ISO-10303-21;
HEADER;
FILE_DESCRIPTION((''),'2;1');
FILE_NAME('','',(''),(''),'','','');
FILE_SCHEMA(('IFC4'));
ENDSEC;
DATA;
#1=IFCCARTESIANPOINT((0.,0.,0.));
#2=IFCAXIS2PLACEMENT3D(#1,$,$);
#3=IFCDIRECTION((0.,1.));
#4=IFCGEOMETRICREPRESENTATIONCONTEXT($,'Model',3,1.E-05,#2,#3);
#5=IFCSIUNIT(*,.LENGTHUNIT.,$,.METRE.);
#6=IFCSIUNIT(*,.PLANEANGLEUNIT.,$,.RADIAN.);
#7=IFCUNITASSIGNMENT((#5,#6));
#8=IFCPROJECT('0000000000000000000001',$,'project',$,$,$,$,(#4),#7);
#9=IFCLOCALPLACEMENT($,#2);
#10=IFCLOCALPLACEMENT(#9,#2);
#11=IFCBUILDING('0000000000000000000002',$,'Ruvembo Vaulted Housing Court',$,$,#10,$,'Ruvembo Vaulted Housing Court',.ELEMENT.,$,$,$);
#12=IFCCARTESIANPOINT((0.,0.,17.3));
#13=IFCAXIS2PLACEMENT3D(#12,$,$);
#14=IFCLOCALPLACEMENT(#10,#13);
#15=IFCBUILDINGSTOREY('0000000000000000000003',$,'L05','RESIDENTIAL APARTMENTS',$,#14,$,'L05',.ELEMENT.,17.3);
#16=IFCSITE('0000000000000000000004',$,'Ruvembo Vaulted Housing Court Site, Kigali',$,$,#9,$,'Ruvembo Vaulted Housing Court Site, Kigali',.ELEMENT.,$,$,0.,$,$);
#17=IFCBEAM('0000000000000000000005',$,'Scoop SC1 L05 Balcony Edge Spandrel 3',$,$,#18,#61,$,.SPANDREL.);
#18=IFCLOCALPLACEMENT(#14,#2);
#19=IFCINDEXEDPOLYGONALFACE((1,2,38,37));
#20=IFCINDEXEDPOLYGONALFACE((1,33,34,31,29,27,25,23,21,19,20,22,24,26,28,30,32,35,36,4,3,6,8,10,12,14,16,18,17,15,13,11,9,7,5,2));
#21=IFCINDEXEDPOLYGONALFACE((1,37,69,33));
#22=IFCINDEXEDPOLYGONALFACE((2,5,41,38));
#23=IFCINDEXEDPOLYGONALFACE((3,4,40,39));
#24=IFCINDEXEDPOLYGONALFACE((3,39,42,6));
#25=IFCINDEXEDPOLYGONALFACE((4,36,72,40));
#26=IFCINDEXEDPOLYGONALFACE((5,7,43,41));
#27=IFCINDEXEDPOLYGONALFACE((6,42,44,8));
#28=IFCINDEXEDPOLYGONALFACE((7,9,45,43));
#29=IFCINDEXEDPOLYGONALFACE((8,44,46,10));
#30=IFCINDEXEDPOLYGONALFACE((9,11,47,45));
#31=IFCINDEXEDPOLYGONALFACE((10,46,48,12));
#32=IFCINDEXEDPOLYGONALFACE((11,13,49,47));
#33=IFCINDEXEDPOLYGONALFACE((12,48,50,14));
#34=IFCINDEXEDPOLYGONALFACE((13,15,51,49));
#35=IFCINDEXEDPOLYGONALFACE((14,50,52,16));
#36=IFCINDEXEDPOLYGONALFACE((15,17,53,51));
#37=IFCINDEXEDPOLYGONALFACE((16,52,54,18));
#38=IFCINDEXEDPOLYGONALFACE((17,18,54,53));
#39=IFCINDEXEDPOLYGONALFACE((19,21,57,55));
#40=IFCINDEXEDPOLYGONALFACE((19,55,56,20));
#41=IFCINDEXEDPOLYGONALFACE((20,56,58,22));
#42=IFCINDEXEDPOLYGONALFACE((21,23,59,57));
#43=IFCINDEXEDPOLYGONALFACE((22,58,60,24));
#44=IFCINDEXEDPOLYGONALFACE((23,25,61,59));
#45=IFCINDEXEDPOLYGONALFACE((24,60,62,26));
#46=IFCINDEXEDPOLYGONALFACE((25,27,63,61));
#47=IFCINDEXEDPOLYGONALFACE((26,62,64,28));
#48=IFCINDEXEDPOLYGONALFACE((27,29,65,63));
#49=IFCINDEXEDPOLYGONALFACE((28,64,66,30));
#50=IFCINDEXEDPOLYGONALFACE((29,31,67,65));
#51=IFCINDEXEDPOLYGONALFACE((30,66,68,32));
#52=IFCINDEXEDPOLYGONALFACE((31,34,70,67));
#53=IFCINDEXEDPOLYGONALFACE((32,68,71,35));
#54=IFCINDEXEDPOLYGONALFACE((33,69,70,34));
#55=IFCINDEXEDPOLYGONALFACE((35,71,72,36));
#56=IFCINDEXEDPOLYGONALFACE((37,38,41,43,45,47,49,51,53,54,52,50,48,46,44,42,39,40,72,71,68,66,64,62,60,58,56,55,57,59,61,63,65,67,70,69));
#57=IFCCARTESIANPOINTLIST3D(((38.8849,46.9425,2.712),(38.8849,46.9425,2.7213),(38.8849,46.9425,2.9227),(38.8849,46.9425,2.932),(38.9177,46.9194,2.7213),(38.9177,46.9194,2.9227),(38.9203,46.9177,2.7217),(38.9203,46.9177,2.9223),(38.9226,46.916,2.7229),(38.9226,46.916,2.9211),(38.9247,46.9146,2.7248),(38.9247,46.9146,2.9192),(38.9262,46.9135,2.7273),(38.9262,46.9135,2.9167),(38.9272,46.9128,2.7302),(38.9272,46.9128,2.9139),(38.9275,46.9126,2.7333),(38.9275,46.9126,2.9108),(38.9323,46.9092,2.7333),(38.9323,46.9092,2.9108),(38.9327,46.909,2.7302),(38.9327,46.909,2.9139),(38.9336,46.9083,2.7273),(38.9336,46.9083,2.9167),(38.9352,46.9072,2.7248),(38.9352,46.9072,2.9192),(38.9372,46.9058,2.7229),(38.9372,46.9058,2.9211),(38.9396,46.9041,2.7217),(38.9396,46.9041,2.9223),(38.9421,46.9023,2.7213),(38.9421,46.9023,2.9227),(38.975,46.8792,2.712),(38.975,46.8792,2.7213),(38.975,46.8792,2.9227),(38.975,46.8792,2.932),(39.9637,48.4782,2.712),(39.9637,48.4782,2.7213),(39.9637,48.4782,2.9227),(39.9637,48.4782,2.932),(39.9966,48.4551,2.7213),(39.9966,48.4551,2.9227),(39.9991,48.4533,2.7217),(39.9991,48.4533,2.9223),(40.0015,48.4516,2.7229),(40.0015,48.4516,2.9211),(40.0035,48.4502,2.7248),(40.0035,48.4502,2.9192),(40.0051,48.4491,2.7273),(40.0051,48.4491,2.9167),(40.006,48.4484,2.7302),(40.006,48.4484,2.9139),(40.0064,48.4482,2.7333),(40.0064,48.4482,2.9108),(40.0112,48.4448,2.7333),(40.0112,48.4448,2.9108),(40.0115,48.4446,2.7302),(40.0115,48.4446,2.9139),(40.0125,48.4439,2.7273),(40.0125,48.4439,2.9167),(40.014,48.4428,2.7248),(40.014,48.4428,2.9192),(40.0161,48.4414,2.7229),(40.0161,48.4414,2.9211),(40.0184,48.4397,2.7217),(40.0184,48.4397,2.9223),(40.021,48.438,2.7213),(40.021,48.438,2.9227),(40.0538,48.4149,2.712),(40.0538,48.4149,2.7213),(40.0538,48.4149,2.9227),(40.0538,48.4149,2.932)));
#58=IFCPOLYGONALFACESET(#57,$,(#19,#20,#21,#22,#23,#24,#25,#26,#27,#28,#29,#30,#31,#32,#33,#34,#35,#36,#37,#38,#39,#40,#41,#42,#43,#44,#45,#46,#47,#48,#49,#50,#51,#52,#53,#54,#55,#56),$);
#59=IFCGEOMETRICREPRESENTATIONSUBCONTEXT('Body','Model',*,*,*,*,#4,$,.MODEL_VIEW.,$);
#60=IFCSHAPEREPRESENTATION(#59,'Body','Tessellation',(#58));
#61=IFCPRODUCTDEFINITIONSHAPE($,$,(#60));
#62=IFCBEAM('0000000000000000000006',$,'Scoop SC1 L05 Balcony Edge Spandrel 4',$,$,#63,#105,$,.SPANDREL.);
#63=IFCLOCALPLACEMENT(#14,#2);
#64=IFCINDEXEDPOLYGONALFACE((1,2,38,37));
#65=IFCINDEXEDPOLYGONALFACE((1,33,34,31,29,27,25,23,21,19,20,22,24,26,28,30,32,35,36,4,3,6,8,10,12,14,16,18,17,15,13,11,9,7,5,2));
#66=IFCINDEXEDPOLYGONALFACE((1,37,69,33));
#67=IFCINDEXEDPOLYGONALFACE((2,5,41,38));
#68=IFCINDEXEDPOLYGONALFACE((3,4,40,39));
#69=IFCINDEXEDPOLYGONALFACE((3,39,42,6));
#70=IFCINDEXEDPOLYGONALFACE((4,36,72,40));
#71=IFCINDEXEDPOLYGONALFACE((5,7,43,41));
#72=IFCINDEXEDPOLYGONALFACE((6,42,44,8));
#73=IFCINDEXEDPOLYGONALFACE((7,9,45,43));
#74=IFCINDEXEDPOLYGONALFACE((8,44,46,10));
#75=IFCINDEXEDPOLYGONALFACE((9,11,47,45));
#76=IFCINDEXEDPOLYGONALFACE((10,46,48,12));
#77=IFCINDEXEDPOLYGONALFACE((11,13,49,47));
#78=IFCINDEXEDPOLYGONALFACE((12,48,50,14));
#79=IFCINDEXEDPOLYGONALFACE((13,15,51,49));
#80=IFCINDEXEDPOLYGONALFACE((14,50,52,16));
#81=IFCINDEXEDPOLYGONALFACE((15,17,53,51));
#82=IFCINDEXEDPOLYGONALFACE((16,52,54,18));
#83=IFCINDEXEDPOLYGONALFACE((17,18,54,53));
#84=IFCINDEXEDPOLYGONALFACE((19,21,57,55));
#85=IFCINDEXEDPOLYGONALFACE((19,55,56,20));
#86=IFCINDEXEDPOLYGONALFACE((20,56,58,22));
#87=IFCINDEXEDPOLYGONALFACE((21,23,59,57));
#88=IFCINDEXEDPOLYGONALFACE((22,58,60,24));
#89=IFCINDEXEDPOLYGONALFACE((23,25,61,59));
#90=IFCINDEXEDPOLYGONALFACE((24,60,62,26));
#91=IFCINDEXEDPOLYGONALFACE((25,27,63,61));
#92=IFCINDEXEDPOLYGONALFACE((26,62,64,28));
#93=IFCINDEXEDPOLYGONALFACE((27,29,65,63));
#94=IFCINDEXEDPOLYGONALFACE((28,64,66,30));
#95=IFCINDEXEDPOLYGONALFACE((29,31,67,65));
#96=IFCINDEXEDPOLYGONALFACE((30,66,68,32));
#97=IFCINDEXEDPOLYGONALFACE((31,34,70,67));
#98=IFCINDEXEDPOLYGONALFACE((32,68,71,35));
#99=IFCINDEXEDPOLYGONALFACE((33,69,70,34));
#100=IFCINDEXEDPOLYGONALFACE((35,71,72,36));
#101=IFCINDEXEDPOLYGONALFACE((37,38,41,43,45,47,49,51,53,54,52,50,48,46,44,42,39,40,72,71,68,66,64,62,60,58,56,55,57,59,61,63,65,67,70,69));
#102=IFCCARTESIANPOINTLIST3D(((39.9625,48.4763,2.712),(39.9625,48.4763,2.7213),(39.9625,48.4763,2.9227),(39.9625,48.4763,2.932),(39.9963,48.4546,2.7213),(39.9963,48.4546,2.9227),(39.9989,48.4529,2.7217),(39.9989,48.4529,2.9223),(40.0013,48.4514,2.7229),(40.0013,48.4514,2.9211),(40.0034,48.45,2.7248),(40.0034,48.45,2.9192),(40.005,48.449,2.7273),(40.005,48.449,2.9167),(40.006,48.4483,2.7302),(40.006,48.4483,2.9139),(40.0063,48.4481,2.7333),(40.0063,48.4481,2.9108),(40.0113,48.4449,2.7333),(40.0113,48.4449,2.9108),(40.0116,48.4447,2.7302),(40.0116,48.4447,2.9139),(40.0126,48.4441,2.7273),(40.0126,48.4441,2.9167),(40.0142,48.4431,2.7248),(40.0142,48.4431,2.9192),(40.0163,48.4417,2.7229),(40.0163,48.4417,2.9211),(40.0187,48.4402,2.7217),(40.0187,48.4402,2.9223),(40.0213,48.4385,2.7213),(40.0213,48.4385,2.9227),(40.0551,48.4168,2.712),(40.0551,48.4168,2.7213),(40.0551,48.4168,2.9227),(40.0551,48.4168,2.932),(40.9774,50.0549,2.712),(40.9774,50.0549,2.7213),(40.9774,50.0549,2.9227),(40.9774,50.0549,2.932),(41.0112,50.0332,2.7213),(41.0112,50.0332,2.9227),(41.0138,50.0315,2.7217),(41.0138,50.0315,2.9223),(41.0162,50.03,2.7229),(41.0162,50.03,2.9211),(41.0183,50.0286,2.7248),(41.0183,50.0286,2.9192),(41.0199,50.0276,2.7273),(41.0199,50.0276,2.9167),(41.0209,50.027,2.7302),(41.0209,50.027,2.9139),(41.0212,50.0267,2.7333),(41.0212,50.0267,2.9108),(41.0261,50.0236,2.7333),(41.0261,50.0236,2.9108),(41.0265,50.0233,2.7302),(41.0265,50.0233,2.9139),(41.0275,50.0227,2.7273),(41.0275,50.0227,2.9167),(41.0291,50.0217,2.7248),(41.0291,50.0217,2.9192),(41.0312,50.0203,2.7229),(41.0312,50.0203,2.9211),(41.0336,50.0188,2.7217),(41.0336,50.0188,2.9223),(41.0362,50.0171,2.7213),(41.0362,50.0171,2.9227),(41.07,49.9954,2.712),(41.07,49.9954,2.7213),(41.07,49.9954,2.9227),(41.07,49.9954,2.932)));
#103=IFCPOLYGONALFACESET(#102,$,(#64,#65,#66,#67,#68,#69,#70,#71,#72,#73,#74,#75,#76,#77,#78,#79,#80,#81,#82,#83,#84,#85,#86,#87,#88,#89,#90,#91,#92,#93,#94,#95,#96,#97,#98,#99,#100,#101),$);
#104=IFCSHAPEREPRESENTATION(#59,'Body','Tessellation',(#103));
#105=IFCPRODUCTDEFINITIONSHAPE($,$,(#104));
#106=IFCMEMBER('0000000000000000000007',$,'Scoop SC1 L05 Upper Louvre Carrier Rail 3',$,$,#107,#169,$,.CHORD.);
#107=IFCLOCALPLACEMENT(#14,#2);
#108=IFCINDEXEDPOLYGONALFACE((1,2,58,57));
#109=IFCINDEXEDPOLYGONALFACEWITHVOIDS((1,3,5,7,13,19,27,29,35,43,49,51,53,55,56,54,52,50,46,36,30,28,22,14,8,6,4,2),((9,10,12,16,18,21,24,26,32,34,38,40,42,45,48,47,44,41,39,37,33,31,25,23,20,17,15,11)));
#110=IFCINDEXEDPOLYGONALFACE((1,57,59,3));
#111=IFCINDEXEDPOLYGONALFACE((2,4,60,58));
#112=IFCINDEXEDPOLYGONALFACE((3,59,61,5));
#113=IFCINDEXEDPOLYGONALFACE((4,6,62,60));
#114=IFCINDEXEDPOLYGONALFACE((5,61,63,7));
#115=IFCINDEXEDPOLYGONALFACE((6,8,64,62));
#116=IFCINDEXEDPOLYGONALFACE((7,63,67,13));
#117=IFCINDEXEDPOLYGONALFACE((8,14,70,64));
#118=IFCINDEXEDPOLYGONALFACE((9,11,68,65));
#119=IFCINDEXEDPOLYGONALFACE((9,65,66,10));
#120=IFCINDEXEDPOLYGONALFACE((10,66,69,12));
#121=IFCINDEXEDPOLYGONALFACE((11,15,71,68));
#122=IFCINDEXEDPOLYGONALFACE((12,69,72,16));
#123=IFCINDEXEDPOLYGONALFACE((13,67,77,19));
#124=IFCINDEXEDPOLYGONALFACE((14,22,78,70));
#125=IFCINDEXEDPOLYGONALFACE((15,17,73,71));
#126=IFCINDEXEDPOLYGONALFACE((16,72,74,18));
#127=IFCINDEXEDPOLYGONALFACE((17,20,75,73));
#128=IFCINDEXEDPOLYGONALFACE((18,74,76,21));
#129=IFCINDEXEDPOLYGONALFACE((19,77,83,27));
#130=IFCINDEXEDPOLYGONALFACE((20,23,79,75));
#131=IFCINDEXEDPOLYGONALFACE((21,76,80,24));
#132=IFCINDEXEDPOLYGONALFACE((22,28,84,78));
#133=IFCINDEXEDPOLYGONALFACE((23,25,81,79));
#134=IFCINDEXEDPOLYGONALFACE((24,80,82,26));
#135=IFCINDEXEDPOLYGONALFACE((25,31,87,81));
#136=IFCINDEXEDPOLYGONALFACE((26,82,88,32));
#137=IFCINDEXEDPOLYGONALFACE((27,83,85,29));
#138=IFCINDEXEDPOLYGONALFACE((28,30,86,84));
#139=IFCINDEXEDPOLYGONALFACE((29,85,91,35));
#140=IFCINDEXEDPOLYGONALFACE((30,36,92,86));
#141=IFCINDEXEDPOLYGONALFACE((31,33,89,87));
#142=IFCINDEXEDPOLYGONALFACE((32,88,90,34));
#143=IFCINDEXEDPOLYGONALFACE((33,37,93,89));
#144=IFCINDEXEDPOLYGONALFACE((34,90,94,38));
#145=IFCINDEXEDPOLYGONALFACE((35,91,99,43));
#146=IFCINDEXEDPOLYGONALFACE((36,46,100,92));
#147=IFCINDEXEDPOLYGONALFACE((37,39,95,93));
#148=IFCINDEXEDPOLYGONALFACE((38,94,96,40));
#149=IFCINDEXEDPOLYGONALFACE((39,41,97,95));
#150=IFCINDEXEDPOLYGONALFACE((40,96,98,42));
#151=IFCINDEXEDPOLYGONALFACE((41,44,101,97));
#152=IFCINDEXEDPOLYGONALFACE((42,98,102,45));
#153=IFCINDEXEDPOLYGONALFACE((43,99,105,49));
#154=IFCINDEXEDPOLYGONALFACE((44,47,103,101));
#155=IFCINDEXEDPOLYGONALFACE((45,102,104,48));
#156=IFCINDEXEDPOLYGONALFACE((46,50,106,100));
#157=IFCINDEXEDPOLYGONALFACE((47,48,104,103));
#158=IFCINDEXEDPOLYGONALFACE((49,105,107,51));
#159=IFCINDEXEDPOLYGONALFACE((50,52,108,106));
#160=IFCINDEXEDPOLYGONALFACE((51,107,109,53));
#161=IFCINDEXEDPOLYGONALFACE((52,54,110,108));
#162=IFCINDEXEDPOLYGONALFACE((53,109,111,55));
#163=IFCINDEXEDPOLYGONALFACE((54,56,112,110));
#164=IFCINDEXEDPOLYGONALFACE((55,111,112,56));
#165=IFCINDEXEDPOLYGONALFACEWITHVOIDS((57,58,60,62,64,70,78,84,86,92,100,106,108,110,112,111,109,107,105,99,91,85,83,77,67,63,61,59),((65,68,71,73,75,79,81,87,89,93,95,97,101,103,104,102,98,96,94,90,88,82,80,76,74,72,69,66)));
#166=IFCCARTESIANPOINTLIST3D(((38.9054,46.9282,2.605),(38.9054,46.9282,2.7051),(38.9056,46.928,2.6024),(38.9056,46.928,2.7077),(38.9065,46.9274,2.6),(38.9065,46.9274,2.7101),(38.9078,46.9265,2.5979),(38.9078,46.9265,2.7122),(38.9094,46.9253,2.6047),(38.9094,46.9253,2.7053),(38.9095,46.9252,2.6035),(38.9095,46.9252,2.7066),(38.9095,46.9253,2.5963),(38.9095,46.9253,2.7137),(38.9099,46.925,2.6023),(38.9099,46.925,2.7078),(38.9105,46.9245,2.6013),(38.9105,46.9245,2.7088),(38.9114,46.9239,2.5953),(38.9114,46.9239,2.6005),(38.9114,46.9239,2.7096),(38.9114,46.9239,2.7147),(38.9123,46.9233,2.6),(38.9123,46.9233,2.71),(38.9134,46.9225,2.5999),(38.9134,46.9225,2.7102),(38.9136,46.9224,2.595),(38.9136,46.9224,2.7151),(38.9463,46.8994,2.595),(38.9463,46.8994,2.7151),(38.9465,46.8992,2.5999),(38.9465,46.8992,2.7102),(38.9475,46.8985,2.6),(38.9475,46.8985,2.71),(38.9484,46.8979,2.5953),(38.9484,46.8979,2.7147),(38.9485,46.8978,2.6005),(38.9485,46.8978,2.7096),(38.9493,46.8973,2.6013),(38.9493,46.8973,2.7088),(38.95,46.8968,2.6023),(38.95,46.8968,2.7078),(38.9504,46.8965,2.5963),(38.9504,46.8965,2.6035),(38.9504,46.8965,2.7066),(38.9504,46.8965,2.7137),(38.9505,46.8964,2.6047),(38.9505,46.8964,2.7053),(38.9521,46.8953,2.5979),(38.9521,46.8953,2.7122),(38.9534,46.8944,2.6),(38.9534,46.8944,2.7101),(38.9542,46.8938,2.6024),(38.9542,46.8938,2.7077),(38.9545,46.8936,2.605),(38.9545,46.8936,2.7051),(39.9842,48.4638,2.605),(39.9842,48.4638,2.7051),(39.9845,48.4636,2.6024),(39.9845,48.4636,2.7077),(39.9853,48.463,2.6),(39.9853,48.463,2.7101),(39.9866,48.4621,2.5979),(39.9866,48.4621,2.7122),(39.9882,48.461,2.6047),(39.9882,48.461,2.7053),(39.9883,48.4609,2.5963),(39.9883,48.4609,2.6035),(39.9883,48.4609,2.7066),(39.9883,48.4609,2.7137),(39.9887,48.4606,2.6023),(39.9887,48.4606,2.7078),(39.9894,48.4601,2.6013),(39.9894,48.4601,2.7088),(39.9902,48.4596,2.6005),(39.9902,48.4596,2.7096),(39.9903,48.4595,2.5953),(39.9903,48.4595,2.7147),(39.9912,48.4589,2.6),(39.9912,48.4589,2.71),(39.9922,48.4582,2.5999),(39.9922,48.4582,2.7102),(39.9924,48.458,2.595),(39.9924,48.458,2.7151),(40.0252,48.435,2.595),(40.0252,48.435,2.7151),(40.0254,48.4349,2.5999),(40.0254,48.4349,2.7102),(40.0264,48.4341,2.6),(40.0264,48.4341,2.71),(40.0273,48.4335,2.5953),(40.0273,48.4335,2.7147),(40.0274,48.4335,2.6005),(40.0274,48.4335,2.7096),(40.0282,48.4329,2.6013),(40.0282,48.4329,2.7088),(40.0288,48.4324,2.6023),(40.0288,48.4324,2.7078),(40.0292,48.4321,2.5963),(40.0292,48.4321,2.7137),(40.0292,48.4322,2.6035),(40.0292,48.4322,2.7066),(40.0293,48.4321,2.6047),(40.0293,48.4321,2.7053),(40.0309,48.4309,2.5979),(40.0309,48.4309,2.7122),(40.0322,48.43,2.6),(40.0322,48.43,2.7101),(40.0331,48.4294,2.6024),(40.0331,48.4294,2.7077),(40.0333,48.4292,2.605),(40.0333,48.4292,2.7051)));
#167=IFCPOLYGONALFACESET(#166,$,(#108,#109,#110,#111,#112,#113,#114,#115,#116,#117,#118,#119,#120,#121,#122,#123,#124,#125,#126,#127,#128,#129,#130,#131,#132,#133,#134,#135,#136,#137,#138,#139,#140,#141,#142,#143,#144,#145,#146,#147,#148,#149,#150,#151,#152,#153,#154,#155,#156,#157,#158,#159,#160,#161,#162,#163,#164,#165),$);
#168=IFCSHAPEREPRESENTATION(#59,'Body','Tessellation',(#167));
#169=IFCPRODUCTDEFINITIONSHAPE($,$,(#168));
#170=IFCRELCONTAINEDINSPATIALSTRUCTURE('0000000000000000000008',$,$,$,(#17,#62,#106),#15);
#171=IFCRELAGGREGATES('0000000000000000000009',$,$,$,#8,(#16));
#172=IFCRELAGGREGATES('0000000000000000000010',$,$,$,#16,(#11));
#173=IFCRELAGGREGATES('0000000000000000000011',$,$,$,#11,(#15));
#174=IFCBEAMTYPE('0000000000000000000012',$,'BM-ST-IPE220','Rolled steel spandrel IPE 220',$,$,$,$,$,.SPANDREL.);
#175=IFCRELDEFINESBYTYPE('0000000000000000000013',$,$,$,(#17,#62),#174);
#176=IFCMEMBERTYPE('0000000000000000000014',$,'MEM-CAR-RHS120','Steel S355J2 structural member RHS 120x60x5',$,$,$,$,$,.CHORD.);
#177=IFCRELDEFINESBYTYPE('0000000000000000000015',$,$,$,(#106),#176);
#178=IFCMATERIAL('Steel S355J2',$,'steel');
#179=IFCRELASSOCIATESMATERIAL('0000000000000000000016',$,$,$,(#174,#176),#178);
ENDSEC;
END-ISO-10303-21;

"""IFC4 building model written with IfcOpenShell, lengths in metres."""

from ifc_helpers import new_model, si_unit, direction, frame, origin, origin_2d, place, context, subcontext, project, spatial, hollow_rectangle, i_section, extrude, material, material_profile, profile_set, type_object, element, save


model = new_model("IFC4")

# Units and contexts
model_context = context("Model", 3, precision=1e-05, world=origin(), true_north=direction((0.0, 1.0)))
body_context = subcontext(model_context, "Body", "Model", "MODEL_VIEW")
ifc_project = project(units=[si_unit("LENGTHUNIT", "METRE"), si_unit("PLANEANGLEUNIT", "RADIAN")], contexts=[model_context])

# Site, building, storey
site_placement = place(None, origin())
site = spatial("IfcSite", under=ifc_project, at=site_placement, Name="Ruvembo Vaulted Housing Court Site, Kigali", LongName="Ruvembo Vaulted Housing Court Site, Kigali", CompositionType="ELEMENT", RefElevation=0.0)
building_placement = place(site_placement, origin())
building = spatial("IfcBuilding", under=site, at=building_placement, Name="Ruvembo Vaulted Housing Court", LongName="Ruvembo Vaulted Housing Court", CompositionType="ELEMENT")
storey_placement = place(building_placement, frame((0.0, 0.0, 17.3)))
storey = spatial("IfcBuildingStorey", under=building, at=storey_placement, Name="L05", Description="RESIDENTIAL APARTMENTS", LongName="L05", CompositionType="ELEMENT", Elevation=17.3)

# Beams
ifc_material_1 = material(Name="Steel S355J2", Category="steel")
ifc_material_profile_1 = material_profile(ifc_material_1, i_section(OverallWidth=0.1101, OverallDepth=0.22, WebThickness=0.0059, FlangeThickness=0.0093, FilletRadius=0.012, at=origin_2d()), Name="IPE 220")
ifc_profile_set_1 = profile_set([ifc_material_profile_1], Name="Steel S355J2")
beam_type = type_object("IfcBeamType", Name="BM-ST-IPE220", Description="Rolled steel spandrel IPE 220", PredefinedType="SPANDREL", material=ifc_profile_set_1)
for number, where, z_axis, x_axis, name in (
    (1, (38.9299, 46.9109, 2.822), (0.574858, 0.818253, 0.0), (-0.818253, 0.574858, 0.0), "Scoop SC1 L05 Balcony Edge Spandrel 3"),
    (2, (40.0088, 48.4465, 2.822), (0.540784, 0.841162, 0.0), (-0.841162, 0.540784, 0.0), "Scoop SC1 L05 Balcony Edge Spandrel 4"),
):
    element("IfcBeam", number, at=place(storey_placement, frame(where, z_axis=z_axis, x_axis=x_axis)), inside=storey, type_object=beam_type, Name=name, PredefinedType="SPANDREL", context=body_context, shape_type="SweptSolid", body=[
        extrude(i_section(OverallWidth=0.1101, OverallDepth=0.22, WebThickness=0.0059, FlangeThickness=0.0093, FilletRadius=0.012, at=origin_2d()), origin(), (0.0, 0.0, 1.0), 1.8767),
    ])

# Member
ifc_material_profile_2 = material_profile(ifc_material_1, hollow_rectangle(XDim=0.0601, YDim=0.1201, WallThickness=0.0049, InnerFilletRadius=0.0049, OuterFilletRadius=0.01, at=origin_2d()), Name="RHS 120x60x5")
ifc_profile_set_2 = profile_set([ifc_material_profile_2], Name="Steel S355J2")
member_type_1 = type_object("IfcMemberType", Name="MEM-CAR-RHS120", Description="Steel S355J2 structural member RHS 120x60x5", PredefinedType="CHORD", material=ifc_profile_set_2)
for number, where, z_axis, x_axis, name in (
    (3, (38.9299, 46.9109, 2.655), (0.574858, 0.818253, 0.0), (-0.818253, 0.574858, 0.0), "Scoop SC1 L05 Upper Louvre Carrier Rail 3"),
):
    element("IfcMember", number, at=place(storey_placement, frame(where, z_axis=z_axis, x_axis=x_axis)), inside=storey, type_object=member_type_1, Name=name, PredefinedType="CHORD", context=body_context, shape_type="SweptSolid", body=[
        extrude(hollow_rectangle(XDim=0.0601, YDim=0.1201, WallThickness=0.0049, InnerFilletRadius=0.0049, OuterFilletRadius=0.01, at=origin_2d()), origin(), (0.0, 0.0, 1.0), 1.8767),
    ])

save(model, "model.ifc")
